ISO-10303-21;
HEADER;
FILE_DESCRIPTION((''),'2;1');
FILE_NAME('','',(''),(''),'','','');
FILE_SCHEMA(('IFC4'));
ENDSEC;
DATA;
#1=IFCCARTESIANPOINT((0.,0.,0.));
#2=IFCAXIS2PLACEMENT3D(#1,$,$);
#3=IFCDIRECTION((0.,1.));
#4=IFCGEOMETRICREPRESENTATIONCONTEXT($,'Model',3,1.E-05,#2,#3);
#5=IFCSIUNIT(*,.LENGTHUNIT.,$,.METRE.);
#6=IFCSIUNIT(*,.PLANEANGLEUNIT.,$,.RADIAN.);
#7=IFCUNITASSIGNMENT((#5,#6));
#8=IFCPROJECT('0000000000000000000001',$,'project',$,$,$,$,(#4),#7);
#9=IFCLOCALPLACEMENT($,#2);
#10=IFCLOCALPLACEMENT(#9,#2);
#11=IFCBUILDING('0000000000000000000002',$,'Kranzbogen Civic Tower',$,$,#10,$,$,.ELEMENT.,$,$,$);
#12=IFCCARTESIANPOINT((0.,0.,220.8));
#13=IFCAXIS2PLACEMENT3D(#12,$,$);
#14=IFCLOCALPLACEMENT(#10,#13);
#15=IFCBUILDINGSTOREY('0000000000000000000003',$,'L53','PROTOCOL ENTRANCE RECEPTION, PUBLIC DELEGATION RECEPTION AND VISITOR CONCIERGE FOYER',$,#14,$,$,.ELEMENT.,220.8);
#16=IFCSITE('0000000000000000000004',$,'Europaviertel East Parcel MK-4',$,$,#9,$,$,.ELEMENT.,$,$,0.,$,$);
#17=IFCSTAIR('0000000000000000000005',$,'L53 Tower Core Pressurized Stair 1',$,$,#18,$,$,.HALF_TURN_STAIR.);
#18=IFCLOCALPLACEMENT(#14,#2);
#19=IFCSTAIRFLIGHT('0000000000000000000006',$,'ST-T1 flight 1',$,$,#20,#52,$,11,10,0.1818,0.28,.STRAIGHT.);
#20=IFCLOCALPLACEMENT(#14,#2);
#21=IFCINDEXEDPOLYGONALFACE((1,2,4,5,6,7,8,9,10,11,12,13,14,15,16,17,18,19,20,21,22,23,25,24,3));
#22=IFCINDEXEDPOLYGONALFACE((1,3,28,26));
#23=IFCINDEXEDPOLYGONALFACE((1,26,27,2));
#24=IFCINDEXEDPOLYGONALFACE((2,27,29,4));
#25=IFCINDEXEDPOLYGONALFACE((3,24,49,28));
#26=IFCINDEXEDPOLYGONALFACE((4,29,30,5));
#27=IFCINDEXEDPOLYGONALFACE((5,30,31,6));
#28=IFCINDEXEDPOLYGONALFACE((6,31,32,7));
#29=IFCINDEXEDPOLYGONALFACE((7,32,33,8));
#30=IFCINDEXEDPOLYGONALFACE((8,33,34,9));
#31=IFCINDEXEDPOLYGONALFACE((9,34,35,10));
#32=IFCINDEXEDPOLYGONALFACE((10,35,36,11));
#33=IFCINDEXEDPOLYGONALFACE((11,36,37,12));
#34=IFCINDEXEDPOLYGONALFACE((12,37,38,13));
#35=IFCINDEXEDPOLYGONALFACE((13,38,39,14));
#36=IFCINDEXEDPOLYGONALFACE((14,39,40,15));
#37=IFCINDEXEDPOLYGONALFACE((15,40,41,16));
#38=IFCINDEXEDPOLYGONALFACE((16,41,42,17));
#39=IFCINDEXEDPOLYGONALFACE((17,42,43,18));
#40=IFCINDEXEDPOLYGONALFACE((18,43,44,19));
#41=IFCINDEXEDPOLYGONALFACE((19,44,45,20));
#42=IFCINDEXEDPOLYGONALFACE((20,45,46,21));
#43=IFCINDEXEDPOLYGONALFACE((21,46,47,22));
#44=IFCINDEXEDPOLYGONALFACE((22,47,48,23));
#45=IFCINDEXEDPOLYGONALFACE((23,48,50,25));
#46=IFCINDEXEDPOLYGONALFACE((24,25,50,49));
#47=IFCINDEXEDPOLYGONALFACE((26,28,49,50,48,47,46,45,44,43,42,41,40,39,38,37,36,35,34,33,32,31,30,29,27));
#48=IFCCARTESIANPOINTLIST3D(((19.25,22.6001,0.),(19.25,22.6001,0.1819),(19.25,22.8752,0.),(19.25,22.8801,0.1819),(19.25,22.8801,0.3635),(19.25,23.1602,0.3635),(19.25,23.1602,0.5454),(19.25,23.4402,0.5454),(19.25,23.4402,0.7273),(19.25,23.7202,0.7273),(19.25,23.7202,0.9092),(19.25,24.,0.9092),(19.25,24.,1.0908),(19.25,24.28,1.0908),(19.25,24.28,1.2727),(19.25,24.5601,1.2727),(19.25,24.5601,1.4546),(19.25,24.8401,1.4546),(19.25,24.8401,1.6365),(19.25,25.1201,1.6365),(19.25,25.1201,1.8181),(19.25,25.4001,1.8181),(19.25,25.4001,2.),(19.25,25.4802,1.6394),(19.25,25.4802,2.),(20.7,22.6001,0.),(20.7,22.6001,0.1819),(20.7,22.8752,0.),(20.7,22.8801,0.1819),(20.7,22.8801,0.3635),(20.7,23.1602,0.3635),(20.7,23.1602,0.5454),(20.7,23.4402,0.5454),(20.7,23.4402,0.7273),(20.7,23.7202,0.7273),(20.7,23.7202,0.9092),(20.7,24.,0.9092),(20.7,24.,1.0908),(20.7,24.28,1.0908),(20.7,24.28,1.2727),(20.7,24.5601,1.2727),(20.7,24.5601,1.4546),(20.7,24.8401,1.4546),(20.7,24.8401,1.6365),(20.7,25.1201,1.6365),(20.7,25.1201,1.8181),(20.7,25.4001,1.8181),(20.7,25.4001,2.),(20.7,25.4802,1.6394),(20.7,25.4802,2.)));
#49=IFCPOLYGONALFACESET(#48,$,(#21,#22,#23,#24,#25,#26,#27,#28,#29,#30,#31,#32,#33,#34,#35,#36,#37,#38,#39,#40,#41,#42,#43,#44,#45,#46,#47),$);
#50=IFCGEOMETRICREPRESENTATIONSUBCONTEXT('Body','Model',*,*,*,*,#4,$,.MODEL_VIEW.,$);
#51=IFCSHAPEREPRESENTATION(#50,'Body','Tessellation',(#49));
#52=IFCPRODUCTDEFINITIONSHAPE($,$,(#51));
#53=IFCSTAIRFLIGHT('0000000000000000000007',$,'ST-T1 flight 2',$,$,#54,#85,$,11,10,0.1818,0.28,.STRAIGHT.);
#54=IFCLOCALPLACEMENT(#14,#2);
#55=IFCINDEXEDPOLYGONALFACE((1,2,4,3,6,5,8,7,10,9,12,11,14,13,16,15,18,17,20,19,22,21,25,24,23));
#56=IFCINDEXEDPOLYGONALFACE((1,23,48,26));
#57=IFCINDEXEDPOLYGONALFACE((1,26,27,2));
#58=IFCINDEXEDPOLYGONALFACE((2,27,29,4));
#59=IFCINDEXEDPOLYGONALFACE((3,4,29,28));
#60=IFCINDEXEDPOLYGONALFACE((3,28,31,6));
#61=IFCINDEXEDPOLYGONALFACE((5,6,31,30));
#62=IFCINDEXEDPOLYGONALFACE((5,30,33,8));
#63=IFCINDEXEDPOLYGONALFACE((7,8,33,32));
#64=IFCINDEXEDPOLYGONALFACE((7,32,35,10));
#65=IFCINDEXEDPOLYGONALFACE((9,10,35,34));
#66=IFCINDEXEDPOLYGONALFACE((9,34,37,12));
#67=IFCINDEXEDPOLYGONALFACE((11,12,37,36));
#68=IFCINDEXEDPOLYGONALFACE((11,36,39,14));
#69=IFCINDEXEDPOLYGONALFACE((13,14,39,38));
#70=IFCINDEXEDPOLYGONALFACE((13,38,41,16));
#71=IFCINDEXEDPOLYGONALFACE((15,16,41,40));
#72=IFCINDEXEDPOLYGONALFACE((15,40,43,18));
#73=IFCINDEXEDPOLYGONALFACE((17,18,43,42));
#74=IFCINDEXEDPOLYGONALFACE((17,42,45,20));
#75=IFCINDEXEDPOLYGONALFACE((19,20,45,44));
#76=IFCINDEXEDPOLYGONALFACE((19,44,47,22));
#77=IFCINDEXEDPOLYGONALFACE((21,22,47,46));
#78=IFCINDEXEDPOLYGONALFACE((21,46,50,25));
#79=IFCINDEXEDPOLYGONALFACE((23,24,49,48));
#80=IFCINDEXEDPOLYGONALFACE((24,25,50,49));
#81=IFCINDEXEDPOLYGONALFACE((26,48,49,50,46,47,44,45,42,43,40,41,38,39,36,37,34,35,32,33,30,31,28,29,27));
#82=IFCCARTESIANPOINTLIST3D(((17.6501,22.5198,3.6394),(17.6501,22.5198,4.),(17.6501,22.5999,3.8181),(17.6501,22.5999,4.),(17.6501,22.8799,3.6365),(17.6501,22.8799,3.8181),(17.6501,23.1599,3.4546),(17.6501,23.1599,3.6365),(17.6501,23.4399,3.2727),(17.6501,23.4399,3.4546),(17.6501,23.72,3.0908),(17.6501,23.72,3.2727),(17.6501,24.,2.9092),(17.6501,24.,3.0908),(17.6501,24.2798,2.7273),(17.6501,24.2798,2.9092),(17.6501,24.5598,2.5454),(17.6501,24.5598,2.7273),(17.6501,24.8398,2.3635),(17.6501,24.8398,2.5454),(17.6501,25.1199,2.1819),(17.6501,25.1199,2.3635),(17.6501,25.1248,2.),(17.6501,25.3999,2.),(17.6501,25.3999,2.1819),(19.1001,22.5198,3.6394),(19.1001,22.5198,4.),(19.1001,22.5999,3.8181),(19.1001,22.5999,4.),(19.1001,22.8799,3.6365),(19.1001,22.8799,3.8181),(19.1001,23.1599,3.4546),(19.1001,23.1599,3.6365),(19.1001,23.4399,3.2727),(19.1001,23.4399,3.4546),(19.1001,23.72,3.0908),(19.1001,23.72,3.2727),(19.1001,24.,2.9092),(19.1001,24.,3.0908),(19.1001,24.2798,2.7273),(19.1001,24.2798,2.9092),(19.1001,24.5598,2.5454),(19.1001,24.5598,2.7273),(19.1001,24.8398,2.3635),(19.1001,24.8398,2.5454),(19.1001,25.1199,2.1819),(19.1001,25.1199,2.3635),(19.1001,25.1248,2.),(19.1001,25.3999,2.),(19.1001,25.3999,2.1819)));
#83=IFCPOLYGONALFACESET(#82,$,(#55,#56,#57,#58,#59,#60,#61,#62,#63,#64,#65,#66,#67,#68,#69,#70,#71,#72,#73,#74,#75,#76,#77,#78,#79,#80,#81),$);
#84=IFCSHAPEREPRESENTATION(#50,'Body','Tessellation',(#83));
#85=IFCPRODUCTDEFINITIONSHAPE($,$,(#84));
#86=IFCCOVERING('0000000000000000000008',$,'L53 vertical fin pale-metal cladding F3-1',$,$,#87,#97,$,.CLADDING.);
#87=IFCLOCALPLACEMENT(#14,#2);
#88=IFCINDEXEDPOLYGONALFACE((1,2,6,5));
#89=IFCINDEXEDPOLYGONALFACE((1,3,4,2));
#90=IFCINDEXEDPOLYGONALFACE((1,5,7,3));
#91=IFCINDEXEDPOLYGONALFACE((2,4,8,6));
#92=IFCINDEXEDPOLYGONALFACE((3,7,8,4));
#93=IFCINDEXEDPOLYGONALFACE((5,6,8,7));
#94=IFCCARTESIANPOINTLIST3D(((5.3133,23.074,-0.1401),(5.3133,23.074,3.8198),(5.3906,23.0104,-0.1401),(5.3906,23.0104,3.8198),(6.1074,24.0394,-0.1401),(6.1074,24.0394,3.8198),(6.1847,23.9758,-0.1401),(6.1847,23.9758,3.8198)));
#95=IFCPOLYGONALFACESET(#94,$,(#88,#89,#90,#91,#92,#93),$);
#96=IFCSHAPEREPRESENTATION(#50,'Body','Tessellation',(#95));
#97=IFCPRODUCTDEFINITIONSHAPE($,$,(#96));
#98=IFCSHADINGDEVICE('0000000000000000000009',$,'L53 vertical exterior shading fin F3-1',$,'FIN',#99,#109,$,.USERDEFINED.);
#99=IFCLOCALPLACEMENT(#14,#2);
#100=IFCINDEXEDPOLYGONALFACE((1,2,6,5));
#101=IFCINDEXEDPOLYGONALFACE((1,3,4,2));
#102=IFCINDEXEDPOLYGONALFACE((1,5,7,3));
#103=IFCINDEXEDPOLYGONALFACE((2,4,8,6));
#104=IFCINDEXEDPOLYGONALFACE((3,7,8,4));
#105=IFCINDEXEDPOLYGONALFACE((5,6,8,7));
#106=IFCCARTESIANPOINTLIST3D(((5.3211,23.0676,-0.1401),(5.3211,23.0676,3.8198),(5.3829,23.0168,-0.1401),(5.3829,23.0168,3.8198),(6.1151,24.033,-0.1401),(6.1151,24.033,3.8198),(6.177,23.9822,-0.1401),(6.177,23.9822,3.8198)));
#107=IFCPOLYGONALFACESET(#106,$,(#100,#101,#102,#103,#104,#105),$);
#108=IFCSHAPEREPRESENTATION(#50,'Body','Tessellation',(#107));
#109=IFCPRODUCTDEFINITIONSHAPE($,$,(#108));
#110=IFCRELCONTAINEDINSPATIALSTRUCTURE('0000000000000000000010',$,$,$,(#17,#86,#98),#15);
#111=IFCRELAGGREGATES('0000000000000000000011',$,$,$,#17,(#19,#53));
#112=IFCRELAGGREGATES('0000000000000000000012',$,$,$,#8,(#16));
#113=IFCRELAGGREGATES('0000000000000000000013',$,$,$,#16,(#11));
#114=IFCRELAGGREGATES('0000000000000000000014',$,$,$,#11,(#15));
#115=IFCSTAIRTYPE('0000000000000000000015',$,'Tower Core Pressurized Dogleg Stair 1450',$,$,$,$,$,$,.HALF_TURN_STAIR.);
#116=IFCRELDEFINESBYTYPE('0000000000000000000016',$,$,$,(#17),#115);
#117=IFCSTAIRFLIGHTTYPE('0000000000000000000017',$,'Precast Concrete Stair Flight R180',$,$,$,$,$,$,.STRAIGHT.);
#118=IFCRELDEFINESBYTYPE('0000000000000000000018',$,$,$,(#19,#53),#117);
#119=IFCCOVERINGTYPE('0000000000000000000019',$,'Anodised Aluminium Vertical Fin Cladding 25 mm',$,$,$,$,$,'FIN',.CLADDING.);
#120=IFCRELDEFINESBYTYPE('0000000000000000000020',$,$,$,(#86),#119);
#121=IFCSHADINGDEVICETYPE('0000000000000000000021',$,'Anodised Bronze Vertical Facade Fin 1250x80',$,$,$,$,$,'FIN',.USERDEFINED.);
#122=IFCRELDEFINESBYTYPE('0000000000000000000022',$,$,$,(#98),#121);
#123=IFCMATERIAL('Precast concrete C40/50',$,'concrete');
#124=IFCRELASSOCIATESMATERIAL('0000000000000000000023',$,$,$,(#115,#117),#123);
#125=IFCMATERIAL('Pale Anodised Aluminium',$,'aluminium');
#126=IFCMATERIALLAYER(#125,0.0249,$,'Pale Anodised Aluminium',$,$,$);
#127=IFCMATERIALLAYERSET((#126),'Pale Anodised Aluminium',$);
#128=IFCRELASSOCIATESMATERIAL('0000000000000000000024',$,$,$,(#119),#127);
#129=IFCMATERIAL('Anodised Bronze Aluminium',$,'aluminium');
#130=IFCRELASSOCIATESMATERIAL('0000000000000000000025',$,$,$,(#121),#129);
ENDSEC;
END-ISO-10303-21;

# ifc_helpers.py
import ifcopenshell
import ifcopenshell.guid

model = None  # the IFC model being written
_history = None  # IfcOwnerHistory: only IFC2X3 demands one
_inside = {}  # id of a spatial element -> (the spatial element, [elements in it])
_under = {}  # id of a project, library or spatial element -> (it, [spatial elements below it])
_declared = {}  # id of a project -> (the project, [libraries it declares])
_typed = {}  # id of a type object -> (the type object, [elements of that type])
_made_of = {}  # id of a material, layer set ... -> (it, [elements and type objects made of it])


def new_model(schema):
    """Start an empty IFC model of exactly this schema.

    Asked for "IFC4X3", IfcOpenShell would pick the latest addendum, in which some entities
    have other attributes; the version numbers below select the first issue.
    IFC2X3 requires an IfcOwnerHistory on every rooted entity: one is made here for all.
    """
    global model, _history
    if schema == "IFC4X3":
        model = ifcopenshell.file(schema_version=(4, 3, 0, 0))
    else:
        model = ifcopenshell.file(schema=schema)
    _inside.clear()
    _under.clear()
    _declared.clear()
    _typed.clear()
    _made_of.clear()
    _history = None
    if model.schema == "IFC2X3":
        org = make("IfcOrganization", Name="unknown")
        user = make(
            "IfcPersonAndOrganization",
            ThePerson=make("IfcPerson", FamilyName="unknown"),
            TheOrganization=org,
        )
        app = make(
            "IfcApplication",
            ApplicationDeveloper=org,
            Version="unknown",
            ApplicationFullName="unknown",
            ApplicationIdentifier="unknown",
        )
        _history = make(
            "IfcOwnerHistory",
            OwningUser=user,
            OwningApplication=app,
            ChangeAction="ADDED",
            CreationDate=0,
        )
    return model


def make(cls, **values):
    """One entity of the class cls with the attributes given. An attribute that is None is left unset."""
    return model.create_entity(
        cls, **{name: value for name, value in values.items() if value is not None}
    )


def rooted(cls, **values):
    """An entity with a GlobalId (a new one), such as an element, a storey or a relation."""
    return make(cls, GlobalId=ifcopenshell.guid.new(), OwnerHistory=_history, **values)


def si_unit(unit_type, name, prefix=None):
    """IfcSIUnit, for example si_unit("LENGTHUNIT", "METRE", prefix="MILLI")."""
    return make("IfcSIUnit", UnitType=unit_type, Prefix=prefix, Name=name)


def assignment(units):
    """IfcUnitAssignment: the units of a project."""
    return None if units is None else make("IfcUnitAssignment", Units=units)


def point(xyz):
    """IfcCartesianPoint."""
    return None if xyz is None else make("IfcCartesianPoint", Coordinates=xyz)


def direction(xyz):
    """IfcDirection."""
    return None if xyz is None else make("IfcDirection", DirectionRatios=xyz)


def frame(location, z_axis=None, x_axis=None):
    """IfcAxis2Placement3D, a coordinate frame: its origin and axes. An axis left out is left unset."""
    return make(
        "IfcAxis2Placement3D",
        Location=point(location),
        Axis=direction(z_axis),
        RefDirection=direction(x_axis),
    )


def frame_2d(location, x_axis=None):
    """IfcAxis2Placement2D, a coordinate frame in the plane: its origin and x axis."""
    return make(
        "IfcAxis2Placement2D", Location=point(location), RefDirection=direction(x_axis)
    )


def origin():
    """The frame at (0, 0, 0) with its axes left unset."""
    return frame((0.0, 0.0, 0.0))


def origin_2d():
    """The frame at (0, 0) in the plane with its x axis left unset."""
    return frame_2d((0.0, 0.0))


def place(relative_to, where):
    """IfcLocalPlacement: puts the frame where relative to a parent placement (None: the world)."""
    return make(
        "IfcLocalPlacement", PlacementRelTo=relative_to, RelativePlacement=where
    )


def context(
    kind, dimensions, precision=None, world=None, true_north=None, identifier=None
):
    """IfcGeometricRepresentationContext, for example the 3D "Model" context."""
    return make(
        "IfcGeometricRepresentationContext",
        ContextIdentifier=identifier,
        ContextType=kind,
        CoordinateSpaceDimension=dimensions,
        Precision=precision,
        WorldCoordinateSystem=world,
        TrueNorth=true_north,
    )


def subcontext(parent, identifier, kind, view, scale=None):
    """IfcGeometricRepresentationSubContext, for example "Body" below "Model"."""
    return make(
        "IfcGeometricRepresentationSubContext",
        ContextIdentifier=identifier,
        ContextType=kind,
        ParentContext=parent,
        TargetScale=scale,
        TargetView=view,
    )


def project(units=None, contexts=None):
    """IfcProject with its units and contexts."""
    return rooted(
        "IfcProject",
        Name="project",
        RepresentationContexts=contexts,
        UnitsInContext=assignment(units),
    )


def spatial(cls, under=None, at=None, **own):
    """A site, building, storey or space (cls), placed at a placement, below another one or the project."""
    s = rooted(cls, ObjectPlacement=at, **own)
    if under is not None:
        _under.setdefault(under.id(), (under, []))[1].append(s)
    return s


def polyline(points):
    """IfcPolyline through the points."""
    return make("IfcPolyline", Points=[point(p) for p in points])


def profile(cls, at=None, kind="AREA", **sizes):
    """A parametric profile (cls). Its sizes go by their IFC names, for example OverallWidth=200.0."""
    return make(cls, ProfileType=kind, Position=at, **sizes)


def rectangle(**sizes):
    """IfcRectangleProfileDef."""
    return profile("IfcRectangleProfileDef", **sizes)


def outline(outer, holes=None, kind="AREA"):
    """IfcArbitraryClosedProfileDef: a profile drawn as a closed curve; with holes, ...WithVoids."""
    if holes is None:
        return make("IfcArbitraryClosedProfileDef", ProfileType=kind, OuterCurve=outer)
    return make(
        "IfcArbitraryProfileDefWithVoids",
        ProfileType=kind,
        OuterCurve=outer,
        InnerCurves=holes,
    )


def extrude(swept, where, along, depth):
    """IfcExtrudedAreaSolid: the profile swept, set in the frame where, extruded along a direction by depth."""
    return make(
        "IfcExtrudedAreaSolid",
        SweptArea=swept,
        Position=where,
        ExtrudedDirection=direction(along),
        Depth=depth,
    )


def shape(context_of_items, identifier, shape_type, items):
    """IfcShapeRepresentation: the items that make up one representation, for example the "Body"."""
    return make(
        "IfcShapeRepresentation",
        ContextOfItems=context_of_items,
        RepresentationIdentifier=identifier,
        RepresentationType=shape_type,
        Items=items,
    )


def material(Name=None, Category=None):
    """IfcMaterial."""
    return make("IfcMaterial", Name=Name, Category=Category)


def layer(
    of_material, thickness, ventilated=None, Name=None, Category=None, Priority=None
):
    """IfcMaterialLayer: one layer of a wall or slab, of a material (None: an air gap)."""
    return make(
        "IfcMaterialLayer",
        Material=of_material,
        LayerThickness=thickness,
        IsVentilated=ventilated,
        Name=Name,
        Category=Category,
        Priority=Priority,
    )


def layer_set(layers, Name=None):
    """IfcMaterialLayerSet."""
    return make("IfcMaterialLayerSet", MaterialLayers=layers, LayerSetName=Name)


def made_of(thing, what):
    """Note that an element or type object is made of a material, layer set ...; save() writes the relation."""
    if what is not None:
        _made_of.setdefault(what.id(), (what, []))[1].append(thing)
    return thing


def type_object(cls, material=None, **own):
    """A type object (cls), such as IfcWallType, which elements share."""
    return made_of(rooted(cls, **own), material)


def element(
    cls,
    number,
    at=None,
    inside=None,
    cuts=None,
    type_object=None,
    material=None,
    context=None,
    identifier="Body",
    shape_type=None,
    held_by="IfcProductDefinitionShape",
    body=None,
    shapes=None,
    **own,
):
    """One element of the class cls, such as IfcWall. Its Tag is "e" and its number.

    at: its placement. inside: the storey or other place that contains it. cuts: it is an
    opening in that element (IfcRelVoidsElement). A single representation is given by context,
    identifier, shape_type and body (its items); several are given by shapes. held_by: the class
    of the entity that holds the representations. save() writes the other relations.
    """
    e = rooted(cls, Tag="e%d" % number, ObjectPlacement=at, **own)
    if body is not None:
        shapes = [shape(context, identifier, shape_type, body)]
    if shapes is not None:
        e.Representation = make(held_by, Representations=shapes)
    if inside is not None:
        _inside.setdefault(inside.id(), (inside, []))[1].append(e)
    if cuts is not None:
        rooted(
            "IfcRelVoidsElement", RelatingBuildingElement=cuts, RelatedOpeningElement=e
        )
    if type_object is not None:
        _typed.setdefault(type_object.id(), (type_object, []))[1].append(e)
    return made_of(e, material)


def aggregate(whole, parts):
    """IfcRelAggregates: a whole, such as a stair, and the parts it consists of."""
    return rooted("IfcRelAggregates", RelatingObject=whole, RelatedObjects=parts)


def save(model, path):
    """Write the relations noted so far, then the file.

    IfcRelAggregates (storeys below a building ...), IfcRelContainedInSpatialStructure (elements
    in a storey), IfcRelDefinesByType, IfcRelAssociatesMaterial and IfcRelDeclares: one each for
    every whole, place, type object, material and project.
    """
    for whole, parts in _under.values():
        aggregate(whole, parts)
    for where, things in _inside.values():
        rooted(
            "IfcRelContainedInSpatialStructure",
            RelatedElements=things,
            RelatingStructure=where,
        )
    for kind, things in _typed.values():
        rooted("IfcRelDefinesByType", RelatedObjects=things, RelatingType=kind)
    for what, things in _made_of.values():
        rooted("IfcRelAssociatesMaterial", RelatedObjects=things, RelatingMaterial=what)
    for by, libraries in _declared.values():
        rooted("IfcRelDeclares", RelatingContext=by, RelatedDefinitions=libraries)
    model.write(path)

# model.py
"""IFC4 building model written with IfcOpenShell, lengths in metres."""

from ifc_helpers import new_model, si_unit, direction, frame, origin, origin_2d, place, context, subcontext, project, spatial, polyline, rectangle, outline, extrude, material, layer, layer_set, type_object, element, aggregate, save


model = new_model("IFC4")

# Units and contexts
model_context = context("Model", 3, precision=1e-05, world=origin(), true_north=direction((0.0, 1.0)))
body_context = subcontext(model_context, "Body", "Model", "MODEL_VIEW")
ifc_project = project(units=[si_unit("LENGTHUNIT", "METRE"), si_unit("PLANEANGLEUNIT", "RADIAN")], contexts=[model_context])

# Site, building, storey
site_placement = place(None, origin())
site = spatial("IfcSite", under=ifc_project, at=site_placement, Name="Europaviertel East Parcel MK-4", CompositionType="ELEMENT", RefElevation=0.0)
building_placement = place(site_placement, origin())
building = spatial("IfcBuilding", under=site, at=building_placement, Name="Kranzbogen Civic Tower", CompositionType="ELEMENT")
storey_placement = place(building_placement, frame((0.0, 0.0, 220.8)))
storey = spatial("IfcBuildingStorey", under=building, at=storey_placement, Name="L53", Description="PROTOCOL ENTRANCE RECEPTION, PUBLIC DELEGATION RECEPTION AND VISITOR CONCIERGE FOYER", CompositionType="ELEMENT", Elevation=220.8)

# Shared definitions
ifc_material_1 = material(Name="Pale Anodised Aluminium", Category="aluminium")

# Stair, stair flights
ifc_material_2 = material(Name="Precast concrete C40/50", Category="concrete")
stair_type = type_object("IfcStairType", Name="Tower Core Pressurized Dogleg Stair 1450", PredefinedType="HALF_TURN_STAIR", material=ifc_material_2)
stair_placement = place(storey_placement, origin())
stair = element("IfcStair", 1, at=stair_placement, inside=storey, type_object=stair_type, Name="L53 Tower Core Pressurized Stair 1", PredefinedType="HALF_TURN_STAIR")
stair_flight_type = type_object("IfcStairFlightType", Name="Precast Concrete Stair Flight R180", PredefinedType="STRAIGHT", material=ifc_material_2)
stair_flight_1_placement = place(storey_placement, frame((19.9751, 22.6001, 0.0), z_axis=(0.0, 0.0, 1.0), x_axis=(0.0, 1.0, 0.0)))
stair_flight_1 = element("IfcStairFlight", 2, at=stair_flight_1_placement, type_object=stair_flight_type, Name="ST-T1 flight 1", NumberOfRisers=11, NumberOfTreads=10, PredefinedType="STRAIGHT", RiserHeight=0.1818, TreadLength=0.28, context=body_context, shape_type="SweptSolid", body=[
    extrude(outline(polyline([(0.0, 0.0), (0.0, 0.1819), (0.28, 0.1819), (0.28, 0.3635), (0.5601, 0.3635), (0.5601, 0.5454), (0.8401, 0.5454), (0.8401, 0.7273), (1.1201, 0.7273), (1.1201, 0.9092), (1.3999, 0.9092), (1.3999, 1.0908), (1.6799, 1.0908), (1.6799, 1.2727), (1.96, 1.2727), (1.96, 1.4546), (2.24, 1.4546), (2.24, 1.6365), (2.52, 1.6365), (2.52, 1.8181), (2.8, 1.8181), (2.8, 2.0), (2.8801, 2.0), (2.8801, 1.6394), (0.2751, 0.0), (0.0, 0.0)])), frame((0.0, 0.7251, 0.0), z_axis=(0.0, -1.0, 0.0), x_axis=(1.0, 0.0, 0.0)), (0.0, 0.0, 1.0), 1.45),
])
stair_flight_2_placement = place(storey_placement, frame((18.375, 25.3999, 2.0), z_axis=(0.0, 0.0, 1.0), x_axis=(0.0, -1.0, 0.0)))
stair_flight_2 = element("IfcStairFlight", 3, at=stair_flight_2_placement, type_object=stair_flight_type, Name="ST-T1 flight 2", NumberOfRisers=11, NumberOfTreads=10, PredefinedType="STRAIGHT", RiserHeight=0.1818, TreadLength=0.28, context=body_context, shape_type="SweptSolid", body=[
    extrude(outline(polyline([(0.0, 0.0), (0.0, 0.1819), (0.28, 0.1819), (0.28, 0.3635), (0.5601, 0.3635), (0.5601, 0.5454), (0.8401, 0.5454), (0.8401, 0.7273), (1.1201, 0.7273), (1.1201, 0.9092), (1.3999, 0.9092), (1.3999, 1.0908), (1.6799, 1.0908), (1.6799, 1.2727), (1.96, 1.2727), (1.96, 1.4546), (2.24, 1.4546), (2.24, 1.6365), (2.52, 1.6365), (2.52, 1.8181), (2.8, 1.8181), (2.8, 2.0), (2.8801, 2.0), (2.8801, 1.6394), (0.2751, 0.0), (0.0, 0.0)])), frame((0.0, 0.7251, 0.0), z_axis=(0.0, -1.0, 0.0), x_axis=(1.0, 0.0, 0.0)), (0.0, 0.0, 1.0), 1.45),
])
aggregate(stair, [stair_flight_1, stair_flight_2])

# Covering
ifc_layer_1 = layer(ifc_material_1, 0.0249, Name="Pale Anodised Aluminium")
ifc_layer_set_1 = layer_set([ifc_layer_1], Name="Pale Anodised Aluminium")
covering_type = type_object("IfcCoveringType", Name="Anodised Aluminium Vertical Fin Cladding 25 mm", ElementType="FIN", PredefinedType="CLADDING", material=ifc_layer_set_1)
covering_placement = place(storey_placement, frame((5.749, 23.5249, -0.1401), z_axis=(0.0, 0.0, 1.0), x_axis=(-0.635243, -0.772312, 0.0)))
element("IfcCovering", 4, at=covering_placement, inside=storey, type_object=covering_type, Name="L53 vertical fin pale-metal cladding F3-1", PredefinedType="CLADDING", context=body_context, shape_type="SweptSolid", body=[
    extrude(rectangle(XDim=1.25, YDim=0.1001, at=origin_2d()), origin(), (0.0, 0.0, 1.0), 3.96),
])

# Shading device
ifc_material_3 = material(Name="Anodised Bronze Aluminium", Category="aluminium")
shading_device_type = type_object("IfcShadingDeviceType", Name="Anodised Bronze Vertical Facade Fin 1250x80", ElementType="FIN", PredefinedType="USERDEFINED", material=ifc_material_3)
shading_device_placement = place(storey_placement, frame((5.749, 23.5249, -0.1401), z_axis=(0.0, 0.0, 1.0), x_axis=(-0.635243, -0.772312, 0.0)))
element("IfcShadingDevice", 5, at=shading_device_placement, inside=storey, type_object=shading_device_type, Name="L53 vertical exterior shading fin F3-1", ObjectType="FIN", PredefinedType="USERDEFINED", context=body_context, shape_type="SweptSolid", body=[
    extrude(rectangle(XDim=1.25, YDim=0.0801, at=origin_2d()), origin(), (0.0, 0.0, 1.0), 3.96),
])

save(model, "model.ifc")
